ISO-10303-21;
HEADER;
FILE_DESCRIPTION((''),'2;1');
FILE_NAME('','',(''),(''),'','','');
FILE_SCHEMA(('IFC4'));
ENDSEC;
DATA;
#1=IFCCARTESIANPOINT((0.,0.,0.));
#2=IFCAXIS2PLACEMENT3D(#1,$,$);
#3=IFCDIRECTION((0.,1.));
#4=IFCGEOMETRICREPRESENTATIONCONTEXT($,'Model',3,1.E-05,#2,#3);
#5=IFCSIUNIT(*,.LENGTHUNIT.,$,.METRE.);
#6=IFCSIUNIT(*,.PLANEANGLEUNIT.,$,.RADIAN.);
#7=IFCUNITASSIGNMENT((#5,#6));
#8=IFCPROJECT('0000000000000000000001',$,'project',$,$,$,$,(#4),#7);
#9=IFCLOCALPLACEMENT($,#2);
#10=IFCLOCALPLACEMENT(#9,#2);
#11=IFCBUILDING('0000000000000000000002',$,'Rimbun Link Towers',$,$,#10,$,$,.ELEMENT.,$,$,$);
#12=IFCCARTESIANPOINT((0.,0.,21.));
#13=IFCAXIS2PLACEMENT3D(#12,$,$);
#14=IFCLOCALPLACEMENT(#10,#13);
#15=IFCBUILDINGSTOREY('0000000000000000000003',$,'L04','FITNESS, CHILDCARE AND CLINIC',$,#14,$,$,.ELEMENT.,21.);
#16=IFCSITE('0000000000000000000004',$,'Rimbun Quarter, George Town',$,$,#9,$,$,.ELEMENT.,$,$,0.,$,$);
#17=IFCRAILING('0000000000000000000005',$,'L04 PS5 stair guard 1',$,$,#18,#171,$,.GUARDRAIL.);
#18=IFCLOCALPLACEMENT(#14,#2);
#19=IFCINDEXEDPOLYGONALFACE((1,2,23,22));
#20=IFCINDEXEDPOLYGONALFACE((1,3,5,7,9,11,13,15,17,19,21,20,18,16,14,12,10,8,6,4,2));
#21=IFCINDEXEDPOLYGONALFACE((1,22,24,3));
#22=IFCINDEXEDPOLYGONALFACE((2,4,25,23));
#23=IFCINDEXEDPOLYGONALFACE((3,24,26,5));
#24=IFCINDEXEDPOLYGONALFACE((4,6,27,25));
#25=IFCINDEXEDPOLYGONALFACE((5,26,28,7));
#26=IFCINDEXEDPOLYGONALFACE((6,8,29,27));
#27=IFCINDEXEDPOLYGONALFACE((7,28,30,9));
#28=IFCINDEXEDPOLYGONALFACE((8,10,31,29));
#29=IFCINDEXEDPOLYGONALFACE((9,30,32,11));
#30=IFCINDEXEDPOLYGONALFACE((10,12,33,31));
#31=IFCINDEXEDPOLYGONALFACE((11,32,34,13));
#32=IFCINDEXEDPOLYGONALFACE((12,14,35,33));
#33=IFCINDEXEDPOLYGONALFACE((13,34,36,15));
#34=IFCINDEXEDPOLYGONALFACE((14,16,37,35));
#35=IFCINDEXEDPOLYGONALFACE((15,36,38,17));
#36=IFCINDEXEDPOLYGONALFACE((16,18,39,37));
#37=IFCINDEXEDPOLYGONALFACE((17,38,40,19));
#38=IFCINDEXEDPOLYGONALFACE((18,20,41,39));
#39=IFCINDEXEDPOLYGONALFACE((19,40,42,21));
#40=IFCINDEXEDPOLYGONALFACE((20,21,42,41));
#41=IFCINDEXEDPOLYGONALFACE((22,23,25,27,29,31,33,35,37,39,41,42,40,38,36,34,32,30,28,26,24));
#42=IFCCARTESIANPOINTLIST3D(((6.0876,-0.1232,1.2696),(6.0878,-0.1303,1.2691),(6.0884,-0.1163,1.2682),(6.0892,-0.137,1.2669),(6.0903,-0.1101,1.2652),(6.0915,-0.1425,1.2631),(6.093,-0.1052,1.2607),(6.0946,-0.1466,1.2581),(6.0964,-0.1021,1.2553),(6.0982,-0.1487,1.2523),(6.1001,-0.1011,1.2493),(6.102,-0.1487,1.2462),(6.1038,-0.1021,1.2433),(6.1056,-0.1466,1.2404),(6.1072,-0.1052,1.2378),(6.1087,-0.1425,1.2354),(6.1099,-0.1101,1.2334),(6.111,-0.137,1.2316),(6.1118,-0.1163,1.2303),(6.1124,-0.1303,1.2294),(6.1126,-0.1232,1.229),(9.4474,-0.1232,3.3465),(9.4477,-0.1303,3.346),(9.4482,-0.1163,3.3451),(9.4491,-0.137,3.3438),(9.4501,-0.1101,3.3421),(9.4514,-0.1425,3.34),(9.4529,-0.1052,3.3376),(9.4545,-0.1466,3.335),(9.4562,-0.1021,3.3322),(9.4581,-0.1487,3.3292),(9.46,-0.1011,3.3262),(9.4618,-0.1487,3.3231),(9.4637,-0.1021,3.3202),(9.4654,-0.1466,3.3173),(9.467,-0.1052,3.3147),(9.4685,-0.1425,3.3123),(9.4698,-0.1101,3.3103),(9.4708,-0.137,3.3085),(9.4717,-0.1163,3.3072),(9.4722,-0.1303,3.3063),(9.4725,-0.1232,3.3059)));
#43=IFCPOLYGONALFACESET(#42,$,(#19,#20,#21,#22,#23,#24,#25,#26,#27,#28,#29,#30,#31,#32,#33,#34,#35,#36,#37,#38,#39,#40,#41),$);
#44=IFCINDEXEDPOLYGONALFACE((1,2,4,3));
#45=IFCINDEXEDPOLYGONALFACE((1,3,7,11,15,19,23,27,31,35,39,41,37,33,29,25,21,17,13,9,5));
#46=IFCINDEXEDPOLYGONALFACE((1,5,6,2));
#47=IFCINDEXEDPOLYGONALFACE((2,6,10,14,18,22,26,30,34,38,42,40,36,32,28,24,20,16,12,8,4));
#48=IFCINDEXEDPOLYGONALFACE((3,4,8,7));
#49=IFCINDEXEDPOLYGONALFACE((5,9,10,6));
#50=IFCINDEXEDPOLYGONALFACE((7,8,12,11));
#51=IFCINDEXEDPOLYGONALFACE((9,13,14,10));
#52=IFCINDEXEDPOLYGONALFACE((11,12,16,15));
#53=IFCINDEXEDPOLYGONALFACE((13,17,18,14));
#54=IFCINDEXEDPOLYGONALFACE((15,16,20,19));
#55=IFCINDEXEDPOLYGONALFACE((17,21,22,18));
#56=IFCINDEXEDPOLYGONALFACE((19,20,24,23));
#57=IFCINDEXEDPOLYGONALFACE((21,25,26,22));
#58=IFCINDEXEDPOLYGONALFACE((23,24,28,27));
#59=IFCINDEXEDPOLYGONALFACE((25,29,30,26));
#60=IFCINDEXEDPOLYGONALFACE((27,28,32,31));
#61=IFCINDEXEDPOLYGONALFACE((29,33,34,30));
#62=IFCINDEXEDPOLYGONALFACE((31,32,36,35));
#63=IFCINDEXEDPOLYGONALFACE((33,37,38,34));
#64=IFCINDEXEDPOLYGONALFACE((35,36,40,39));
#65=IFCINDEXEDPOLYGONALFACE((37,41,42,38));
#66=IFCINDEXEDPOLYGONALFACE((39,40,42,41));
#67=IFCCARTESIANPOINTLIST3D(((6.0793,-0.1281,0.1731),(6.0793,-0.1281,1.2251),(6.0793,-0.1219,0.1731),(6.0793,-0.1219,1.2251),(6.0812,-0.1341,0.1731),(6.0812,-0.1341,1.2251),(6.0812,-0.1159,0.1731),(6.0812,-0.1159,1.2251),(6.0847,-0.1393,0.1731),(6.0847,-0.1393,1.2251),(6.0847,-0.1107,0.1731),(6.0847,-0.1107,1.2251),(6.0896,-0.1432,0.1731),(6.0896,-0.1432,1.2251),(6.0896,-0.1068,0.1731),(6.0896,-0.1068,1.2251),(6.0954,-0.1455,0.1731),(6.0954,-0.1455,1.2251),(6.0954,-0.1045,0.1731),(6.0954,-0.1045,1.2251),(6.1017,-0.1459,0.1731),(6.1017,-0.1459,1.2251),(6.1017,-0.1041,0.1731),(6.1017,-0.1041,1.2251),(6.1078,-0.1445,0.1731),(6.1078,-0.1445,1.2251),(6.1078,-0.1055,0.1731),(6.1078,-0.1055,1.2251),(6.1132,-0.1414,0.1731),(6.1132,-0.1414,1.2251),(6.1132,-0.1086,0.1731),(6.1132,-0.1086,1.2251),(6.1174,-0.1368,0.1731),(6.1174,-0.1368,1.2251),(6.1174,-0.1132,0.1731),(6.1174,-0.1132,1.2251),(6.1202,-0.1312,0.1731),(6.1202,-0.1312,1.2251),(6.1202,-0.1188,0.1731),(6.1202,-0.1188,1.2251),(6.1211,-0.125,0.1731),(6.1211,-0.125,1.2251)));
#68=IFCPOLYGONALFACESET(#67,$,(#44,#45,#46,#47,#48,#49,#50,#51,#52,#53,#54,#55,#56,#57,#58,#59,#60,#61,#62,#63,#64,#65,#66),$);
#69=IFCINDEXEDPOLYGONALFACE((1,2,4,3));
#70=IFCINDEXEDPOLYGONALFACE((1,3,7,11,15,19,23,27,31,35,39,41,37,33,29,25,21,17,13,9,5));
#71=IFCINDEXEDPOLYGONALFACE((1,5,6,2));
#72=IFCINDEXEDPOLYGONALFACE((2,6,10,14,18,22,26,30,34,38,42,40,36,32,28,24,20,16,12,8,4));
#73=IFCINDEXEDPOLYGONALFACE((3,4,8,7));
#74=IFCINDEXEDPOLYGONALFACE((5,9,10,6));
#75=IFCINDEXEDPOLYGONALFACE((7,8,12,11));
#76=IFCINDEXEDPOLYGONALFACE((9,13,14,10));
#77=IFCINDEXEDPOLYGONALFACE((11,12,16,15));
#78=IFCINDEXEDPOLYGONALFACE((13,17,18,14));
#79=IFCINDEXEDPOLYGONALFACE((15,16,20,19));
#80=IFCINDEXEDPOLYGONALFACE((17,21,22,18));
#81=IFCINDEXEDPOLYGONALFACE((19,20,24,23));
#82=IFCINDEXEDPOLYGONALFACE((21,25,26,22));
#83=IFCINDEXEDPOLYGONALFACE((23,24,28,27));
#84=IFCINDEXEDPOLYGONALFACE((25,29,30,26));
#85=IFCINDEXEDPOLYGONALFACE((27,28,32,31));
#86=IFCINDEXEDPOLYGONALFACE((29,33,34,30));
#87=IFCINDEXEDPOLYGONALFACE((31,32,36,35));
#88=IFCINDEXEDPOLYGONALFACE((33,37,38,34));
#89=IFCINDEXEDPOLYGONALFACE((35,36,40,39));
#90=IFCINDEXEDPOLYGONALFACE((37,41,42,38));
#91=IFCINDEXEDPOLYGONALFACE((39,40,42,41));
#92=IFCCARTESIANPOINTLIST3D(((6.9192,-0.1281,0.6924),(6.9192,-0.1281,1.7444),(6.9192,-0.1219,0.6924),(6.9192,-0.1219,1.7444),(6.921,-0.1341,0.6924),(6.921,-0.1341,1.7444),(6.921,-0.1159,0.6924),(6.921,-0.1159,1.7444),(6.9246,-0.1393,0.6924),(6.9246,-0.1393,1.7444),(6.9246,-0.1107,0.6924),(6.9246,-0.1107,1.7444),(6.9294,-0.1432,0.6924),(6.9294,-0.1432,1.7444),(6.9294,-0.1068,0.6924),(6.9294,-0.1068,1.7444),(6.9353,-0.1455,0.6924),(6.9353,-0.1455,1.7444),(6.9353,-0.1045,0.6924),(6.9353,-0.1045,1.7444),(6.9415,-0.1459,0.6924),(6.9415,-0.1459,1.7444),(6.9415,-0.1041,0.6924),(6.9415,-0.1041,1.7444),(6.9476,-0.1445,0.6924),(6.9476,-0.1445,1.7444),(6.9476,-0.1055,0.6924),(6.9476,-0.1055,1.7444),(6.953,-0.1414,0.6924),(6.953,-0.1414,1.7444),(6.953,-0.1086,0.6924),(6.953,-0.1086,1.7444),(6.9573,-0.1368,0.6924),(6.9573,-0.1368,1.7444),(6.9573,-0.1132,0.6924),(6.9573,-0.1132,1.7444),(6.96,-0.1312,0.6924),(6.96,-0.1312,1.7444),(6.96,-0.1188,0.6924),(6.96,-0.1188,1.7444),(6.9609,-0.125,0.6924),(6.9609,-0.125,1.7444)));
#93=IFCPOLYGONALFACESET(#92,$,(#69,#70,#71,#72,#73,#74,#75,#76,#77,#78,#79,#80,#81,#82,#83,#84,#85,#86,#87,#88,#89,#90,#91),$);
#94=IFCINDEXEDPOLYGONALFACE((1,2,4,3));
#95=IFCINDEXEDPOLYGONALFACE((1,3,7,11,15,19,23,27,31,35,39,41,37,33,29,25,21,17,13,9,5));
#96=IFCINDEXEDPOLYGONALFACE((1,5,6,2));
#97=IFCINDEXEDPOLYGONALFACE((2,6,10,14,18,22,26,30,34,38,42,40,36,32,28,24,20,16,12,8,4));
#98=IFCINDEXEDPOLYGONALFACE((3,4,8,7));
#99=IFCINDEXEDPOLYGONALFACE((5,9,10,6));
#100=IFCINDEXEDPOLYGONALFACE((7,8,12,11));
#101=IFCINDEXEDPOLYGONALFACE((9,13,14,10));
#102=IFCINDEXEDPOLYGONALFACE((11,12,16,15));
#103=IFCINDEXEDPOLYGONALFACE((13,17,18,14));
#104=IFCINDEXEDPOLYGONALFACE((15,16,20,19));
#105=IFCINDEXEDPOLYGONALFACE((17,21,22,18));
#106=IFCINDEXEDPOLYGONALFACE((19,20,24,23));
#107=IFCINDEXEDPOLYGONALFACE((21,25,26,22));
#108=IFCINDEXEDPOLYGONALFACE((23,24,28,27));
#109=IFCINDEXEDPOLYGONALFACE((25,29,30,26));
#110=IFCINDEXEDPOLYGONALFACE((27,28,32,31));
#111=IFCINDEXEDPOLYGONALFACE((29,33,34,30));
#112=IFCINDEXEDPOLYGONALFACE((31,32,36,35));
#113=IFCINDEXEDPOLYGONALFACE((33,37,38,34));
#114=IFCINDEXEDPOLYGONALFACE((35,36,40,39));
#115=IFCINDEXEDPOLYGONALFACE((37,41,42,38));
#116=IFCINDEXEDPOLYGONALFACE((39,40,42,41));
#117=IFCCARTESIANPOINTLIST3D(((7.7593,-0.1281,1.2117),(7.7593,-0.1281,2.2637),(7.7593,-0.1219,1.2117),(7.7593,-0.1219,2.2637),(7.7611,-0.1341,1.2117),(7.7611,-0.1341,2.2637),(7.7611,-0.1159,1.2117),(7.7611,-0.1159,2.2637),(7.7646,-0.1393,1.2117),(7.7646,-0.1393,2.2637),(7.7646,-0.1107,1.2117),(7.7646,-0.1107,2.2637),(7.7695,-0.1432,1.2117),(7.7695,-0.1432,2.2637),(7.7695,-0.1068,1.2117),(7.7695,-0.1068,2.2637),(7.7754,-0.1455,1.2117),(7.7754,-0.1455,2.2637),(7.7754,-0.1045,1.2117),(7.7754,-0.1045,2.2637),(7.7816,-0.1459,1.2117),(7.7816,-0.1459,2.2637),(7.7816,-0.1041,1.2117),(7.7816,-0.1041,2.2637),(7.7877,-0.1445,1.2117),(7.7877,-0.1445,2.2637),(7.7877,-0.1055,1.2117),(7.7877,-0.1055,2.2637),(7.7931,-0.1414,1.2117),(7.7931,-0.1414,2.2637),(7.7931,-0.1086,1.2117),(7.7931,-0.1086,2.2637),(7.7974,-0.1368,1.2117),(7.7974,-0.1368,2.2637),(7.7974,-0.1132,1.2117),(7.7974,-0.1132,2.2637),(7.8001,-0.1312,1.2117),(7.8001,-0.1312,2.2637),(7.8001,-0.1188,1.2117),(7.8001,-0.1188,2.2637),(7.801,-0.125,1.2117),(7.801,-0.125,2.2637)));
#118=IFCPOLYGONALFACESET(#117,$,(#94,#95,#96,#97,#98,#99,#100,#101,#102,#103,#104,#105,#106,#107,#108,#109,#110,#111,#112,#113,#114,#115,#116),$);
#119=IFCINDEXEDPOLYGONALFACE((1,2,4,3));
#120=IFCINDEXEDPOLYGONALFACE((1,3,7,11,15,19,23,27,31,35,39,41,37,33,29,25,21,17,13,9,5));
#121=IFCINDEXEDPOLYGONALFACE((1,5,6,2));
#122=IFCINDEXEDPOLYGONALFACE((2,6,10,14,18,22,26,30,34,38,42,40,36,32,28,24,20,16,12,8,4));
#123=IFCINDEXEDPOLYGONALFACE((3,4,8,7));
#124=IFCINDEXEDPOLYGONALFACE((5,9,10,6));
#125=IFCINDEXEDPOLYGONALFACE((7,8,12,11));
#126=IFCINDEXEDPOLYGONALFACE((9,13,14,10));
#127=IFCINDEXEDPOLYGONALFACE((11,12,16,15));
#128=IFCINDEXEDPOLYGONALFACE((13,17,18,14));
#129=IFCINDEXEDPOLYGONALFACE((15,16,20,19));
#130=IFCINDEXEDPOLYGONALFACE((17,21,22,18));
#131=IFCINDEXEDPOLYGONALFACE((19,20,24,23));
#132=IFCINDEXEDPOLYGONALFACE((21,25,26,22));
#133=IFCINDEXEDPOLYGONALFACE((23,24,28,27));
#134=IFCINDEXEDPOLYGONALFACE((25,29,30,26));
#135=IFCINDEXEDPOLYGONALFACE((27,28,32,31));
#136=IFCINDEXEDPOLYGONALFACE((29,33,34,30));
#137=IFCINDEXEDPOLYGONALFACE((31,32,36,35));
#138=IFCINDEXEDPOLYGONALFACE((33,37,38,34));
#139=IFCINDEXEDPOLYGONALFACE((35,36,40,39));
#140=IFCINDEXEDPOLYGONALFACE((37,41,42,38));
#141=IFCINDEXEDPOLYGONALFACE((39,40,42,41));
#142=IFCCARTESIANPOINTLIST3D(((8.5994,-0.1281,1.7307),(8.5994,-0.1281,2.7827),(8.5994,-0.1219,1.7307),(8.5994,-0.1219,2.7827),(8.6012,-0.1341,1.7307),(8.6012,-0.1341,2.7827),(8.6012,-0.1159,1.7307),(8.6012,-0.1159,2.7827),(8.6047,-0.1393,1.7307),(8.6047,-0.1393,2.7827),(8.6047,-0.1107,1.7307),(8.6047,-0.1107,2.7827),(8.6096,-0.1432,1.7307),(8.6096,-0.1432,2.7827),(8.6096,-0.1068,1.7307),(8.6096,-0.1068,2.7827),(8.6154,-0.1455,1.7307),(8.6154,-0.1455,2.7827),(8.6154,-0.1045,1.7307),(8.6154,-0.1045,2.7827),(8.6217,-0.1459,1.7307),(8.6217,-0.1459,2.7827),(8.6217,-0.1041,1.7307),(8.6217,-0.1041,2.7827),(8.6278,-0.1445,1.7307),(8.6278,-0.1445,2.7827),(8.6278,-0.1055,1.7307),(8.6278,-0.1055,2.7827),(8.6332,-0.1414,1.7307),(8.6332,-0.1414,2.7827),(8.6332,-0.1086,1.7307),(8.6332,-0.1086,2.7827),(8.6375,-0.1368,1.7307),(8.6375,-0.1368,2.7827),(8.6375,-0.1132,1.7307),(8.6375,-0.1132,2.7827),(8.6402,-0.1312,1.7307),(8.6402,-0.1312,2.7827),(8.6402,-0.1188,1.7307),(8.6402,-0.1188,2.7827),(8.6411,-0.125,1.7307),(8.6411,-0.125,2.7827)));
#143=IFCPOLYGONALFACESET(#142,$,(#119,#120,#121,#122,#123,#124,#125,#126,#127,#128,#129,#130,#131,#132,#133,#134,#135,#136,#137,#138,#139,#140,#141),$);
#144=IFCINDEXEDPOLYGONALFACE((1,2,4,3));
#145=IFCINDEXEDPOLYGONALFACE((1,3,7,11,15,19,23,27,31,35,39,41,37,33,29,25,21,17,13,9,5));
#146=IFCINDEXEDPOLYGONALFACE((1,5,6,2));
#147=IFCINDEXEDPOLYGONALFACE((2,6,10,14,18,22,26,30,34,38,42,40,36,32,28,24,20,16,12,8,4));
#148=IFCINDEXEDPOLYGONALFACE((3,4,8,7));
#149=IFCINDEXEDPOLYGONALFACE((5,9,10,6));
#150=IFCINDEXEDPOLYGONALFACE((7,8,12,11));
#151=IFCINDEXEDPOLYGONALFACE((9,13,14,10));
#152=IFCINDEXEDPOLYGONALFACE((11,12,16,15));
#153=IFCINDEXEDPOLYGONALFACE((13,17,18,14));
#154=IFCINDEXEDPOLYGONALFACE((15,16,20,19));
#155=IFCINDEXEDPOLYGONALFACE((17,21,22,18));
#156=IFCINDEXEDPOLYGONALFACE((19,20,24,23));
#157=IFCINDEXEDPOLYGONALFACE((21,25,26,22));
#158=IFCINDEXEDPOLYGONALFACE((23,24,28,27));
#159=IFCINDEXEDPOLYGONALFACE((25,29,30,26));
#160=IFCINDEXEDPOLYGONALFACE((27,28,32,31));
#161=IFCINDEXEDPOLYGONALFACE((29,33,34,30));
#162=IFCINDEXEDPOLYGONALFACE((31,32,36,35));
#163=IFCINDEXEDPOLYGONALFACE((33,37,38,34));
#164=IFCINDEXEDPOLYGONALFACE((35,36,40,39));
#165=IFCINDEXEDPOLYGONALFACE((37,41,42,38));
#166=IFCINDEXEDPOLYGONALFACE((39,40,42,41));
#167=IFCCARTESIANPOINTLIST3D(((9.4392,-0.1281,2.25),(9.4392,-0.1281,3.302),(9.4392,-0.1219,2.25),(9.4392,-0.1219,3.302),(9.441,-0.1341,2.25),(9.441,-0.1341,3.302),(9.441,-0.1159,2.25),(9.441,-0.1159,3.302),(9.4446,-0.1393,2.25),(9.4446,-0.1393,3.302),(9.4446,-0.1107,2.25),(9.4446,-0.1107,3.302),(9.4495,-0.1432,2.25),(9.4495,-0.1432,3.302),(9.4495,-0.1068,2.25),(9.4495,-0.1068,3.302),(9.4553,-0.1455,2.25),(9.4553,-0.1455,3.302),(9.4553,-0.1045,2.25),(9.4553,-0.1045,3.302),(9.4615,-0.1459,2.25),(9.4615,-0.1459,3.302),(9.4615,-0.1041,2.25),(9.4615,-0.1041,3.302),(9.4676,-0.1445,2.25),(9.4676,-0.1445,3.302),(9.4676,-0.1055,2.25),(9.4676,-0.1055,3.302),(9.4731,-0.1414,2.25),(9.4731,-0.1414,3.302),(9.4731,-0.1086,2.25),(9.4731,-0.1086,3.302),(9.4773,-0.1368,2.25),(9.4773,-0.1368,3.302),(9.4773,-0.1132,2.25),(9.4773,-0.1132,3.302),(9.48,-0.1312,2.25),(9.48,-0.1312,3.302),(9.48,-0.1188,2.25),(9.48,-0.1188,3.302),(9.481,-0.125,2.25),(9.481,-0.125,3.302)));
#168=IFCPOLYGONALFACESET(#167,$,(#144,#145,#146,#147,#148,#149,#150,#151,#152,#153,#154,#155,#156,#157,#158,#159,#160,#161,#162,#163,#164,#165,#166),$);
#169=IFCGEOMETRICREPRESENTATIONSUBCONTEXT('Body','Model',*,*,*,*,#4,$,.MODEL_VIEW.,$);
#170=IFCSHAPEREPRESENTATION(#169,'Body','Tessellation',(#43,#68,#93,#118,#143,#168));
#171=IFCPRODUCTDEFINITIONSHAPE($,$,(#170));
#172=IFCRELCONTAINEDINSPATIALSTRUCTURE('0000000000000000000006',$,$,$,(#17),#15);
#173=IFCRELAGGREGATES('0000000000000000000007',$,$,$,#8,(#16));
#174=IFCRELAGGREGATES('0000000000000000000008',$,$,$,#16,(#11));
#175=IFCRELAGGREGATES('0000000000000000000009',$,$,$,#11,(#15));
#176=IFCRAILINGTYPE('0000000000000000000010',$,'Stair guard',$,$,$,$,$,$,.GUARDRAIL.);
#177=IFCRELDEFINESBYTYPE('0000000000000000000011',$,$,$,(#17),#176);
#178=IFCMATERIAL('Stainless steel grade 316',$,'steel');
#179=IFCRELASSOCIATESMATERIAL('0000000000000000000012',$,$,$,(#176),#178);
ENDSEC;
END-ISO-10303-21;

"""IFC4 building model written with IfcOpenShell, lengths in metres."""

from ifc_helpers import new_model, si_unit, direction, frame, origin, origin_2d, place, context, subcontext, project, spatial, circle, extrude, material, type_object, element, save


model = new_model("IFC4")

# Units and contexts
model_context = context("Model", 3, precision=1e-05, world=origin(), true_north=direction((0.0, 1.0)))
body_context = subcontext(model_context, "Body", "Model", "MODEL_VIEW")
ifc_project = project(units=[si_unit("LENGTHUNIT", "METRE"), si_unit("PLANEANGLEUNIT", "RADIAN")], contexts=[model_context])

# Site, building, storey
site_placement = place(None, origin())
site = spatial("IfcSite", under=ifc_project, at=site_placement, Name="Rimbun Quarter, George Town", CompositionType="ELEMENT", RefElevation=0.0)
building_placement = place(site_placement, origin())
building = spatial("IfcBuilding", under=site, at=building_placement, Name="Rimbun Link Towers", CompositionType="ELEMENT")
storey_placement = place(building_placement, frame((0.0, 0.0, 21.0)))
storey = spatial("IfcBuildingStorey", under=building, at=storey_placement, Name="L04", Description="FITNESS, CHILDCARE AND CLINIC", CompositionType="ELEMENT", Elevation=21.0)

# Railing
ifc_material_1 = material(Name="Stainless steel grade 316", Category="steel")
railing_type_1 = type_object("IfcRailingType", Name="Stair guard", PredefinedType="GUARDRAIL", material=ifc_material_1)
railing_1_placement = place(storey_placement, frame((6.1001, -0.125, 0.1731)))
element("IfcRailing", 1, at=railing_1_placement, inside=storey, type_object=railing_type_1, Name="L04 PS5 stair guard 1", PredefinedType="GUARDRAIL", context=body_context, shape_type="SweptSolid", body=[
    extrude(circle(Radius=0.0239, at=origin_2d()), frame((0.0, 0.0, 1.0762), z_axis=(0.850606, 0.0, 0.525803), x_axis=(0.0, 1.0, 0.0)), (0.0, 0.0, 1.0), 3.95),
    extrude(circle(Radius=0.021, at=origin_2d()), origin(), (0.0, 0.0, 1.0), 1.052),
    extrude(circle(Radius=0.021, at=origin_2d()), frame((0.8398, 0.0, 0.5193)), (0.0, 0.0, 1.0), 1.052),
    extrude(circle(Radius=0.021, at=origin_2d()), frame((1.6799, 0.0, 1.0386)), (0.0, 0.0, 1.0), 1.052),
    extrude(circle(Radius=0.021, at=origin_2d()), frame((2.52, 0.0, 1.5576)), (0.0, 0.0, 1.0), 1.052),
    extrude(circle(Radius=0.021, at=origin_2d()), frame((3.3599, 0.0, 2.0769)), (0.0, 0.0, 1.0), 1.052),
])

save(model, "model.ifc")
